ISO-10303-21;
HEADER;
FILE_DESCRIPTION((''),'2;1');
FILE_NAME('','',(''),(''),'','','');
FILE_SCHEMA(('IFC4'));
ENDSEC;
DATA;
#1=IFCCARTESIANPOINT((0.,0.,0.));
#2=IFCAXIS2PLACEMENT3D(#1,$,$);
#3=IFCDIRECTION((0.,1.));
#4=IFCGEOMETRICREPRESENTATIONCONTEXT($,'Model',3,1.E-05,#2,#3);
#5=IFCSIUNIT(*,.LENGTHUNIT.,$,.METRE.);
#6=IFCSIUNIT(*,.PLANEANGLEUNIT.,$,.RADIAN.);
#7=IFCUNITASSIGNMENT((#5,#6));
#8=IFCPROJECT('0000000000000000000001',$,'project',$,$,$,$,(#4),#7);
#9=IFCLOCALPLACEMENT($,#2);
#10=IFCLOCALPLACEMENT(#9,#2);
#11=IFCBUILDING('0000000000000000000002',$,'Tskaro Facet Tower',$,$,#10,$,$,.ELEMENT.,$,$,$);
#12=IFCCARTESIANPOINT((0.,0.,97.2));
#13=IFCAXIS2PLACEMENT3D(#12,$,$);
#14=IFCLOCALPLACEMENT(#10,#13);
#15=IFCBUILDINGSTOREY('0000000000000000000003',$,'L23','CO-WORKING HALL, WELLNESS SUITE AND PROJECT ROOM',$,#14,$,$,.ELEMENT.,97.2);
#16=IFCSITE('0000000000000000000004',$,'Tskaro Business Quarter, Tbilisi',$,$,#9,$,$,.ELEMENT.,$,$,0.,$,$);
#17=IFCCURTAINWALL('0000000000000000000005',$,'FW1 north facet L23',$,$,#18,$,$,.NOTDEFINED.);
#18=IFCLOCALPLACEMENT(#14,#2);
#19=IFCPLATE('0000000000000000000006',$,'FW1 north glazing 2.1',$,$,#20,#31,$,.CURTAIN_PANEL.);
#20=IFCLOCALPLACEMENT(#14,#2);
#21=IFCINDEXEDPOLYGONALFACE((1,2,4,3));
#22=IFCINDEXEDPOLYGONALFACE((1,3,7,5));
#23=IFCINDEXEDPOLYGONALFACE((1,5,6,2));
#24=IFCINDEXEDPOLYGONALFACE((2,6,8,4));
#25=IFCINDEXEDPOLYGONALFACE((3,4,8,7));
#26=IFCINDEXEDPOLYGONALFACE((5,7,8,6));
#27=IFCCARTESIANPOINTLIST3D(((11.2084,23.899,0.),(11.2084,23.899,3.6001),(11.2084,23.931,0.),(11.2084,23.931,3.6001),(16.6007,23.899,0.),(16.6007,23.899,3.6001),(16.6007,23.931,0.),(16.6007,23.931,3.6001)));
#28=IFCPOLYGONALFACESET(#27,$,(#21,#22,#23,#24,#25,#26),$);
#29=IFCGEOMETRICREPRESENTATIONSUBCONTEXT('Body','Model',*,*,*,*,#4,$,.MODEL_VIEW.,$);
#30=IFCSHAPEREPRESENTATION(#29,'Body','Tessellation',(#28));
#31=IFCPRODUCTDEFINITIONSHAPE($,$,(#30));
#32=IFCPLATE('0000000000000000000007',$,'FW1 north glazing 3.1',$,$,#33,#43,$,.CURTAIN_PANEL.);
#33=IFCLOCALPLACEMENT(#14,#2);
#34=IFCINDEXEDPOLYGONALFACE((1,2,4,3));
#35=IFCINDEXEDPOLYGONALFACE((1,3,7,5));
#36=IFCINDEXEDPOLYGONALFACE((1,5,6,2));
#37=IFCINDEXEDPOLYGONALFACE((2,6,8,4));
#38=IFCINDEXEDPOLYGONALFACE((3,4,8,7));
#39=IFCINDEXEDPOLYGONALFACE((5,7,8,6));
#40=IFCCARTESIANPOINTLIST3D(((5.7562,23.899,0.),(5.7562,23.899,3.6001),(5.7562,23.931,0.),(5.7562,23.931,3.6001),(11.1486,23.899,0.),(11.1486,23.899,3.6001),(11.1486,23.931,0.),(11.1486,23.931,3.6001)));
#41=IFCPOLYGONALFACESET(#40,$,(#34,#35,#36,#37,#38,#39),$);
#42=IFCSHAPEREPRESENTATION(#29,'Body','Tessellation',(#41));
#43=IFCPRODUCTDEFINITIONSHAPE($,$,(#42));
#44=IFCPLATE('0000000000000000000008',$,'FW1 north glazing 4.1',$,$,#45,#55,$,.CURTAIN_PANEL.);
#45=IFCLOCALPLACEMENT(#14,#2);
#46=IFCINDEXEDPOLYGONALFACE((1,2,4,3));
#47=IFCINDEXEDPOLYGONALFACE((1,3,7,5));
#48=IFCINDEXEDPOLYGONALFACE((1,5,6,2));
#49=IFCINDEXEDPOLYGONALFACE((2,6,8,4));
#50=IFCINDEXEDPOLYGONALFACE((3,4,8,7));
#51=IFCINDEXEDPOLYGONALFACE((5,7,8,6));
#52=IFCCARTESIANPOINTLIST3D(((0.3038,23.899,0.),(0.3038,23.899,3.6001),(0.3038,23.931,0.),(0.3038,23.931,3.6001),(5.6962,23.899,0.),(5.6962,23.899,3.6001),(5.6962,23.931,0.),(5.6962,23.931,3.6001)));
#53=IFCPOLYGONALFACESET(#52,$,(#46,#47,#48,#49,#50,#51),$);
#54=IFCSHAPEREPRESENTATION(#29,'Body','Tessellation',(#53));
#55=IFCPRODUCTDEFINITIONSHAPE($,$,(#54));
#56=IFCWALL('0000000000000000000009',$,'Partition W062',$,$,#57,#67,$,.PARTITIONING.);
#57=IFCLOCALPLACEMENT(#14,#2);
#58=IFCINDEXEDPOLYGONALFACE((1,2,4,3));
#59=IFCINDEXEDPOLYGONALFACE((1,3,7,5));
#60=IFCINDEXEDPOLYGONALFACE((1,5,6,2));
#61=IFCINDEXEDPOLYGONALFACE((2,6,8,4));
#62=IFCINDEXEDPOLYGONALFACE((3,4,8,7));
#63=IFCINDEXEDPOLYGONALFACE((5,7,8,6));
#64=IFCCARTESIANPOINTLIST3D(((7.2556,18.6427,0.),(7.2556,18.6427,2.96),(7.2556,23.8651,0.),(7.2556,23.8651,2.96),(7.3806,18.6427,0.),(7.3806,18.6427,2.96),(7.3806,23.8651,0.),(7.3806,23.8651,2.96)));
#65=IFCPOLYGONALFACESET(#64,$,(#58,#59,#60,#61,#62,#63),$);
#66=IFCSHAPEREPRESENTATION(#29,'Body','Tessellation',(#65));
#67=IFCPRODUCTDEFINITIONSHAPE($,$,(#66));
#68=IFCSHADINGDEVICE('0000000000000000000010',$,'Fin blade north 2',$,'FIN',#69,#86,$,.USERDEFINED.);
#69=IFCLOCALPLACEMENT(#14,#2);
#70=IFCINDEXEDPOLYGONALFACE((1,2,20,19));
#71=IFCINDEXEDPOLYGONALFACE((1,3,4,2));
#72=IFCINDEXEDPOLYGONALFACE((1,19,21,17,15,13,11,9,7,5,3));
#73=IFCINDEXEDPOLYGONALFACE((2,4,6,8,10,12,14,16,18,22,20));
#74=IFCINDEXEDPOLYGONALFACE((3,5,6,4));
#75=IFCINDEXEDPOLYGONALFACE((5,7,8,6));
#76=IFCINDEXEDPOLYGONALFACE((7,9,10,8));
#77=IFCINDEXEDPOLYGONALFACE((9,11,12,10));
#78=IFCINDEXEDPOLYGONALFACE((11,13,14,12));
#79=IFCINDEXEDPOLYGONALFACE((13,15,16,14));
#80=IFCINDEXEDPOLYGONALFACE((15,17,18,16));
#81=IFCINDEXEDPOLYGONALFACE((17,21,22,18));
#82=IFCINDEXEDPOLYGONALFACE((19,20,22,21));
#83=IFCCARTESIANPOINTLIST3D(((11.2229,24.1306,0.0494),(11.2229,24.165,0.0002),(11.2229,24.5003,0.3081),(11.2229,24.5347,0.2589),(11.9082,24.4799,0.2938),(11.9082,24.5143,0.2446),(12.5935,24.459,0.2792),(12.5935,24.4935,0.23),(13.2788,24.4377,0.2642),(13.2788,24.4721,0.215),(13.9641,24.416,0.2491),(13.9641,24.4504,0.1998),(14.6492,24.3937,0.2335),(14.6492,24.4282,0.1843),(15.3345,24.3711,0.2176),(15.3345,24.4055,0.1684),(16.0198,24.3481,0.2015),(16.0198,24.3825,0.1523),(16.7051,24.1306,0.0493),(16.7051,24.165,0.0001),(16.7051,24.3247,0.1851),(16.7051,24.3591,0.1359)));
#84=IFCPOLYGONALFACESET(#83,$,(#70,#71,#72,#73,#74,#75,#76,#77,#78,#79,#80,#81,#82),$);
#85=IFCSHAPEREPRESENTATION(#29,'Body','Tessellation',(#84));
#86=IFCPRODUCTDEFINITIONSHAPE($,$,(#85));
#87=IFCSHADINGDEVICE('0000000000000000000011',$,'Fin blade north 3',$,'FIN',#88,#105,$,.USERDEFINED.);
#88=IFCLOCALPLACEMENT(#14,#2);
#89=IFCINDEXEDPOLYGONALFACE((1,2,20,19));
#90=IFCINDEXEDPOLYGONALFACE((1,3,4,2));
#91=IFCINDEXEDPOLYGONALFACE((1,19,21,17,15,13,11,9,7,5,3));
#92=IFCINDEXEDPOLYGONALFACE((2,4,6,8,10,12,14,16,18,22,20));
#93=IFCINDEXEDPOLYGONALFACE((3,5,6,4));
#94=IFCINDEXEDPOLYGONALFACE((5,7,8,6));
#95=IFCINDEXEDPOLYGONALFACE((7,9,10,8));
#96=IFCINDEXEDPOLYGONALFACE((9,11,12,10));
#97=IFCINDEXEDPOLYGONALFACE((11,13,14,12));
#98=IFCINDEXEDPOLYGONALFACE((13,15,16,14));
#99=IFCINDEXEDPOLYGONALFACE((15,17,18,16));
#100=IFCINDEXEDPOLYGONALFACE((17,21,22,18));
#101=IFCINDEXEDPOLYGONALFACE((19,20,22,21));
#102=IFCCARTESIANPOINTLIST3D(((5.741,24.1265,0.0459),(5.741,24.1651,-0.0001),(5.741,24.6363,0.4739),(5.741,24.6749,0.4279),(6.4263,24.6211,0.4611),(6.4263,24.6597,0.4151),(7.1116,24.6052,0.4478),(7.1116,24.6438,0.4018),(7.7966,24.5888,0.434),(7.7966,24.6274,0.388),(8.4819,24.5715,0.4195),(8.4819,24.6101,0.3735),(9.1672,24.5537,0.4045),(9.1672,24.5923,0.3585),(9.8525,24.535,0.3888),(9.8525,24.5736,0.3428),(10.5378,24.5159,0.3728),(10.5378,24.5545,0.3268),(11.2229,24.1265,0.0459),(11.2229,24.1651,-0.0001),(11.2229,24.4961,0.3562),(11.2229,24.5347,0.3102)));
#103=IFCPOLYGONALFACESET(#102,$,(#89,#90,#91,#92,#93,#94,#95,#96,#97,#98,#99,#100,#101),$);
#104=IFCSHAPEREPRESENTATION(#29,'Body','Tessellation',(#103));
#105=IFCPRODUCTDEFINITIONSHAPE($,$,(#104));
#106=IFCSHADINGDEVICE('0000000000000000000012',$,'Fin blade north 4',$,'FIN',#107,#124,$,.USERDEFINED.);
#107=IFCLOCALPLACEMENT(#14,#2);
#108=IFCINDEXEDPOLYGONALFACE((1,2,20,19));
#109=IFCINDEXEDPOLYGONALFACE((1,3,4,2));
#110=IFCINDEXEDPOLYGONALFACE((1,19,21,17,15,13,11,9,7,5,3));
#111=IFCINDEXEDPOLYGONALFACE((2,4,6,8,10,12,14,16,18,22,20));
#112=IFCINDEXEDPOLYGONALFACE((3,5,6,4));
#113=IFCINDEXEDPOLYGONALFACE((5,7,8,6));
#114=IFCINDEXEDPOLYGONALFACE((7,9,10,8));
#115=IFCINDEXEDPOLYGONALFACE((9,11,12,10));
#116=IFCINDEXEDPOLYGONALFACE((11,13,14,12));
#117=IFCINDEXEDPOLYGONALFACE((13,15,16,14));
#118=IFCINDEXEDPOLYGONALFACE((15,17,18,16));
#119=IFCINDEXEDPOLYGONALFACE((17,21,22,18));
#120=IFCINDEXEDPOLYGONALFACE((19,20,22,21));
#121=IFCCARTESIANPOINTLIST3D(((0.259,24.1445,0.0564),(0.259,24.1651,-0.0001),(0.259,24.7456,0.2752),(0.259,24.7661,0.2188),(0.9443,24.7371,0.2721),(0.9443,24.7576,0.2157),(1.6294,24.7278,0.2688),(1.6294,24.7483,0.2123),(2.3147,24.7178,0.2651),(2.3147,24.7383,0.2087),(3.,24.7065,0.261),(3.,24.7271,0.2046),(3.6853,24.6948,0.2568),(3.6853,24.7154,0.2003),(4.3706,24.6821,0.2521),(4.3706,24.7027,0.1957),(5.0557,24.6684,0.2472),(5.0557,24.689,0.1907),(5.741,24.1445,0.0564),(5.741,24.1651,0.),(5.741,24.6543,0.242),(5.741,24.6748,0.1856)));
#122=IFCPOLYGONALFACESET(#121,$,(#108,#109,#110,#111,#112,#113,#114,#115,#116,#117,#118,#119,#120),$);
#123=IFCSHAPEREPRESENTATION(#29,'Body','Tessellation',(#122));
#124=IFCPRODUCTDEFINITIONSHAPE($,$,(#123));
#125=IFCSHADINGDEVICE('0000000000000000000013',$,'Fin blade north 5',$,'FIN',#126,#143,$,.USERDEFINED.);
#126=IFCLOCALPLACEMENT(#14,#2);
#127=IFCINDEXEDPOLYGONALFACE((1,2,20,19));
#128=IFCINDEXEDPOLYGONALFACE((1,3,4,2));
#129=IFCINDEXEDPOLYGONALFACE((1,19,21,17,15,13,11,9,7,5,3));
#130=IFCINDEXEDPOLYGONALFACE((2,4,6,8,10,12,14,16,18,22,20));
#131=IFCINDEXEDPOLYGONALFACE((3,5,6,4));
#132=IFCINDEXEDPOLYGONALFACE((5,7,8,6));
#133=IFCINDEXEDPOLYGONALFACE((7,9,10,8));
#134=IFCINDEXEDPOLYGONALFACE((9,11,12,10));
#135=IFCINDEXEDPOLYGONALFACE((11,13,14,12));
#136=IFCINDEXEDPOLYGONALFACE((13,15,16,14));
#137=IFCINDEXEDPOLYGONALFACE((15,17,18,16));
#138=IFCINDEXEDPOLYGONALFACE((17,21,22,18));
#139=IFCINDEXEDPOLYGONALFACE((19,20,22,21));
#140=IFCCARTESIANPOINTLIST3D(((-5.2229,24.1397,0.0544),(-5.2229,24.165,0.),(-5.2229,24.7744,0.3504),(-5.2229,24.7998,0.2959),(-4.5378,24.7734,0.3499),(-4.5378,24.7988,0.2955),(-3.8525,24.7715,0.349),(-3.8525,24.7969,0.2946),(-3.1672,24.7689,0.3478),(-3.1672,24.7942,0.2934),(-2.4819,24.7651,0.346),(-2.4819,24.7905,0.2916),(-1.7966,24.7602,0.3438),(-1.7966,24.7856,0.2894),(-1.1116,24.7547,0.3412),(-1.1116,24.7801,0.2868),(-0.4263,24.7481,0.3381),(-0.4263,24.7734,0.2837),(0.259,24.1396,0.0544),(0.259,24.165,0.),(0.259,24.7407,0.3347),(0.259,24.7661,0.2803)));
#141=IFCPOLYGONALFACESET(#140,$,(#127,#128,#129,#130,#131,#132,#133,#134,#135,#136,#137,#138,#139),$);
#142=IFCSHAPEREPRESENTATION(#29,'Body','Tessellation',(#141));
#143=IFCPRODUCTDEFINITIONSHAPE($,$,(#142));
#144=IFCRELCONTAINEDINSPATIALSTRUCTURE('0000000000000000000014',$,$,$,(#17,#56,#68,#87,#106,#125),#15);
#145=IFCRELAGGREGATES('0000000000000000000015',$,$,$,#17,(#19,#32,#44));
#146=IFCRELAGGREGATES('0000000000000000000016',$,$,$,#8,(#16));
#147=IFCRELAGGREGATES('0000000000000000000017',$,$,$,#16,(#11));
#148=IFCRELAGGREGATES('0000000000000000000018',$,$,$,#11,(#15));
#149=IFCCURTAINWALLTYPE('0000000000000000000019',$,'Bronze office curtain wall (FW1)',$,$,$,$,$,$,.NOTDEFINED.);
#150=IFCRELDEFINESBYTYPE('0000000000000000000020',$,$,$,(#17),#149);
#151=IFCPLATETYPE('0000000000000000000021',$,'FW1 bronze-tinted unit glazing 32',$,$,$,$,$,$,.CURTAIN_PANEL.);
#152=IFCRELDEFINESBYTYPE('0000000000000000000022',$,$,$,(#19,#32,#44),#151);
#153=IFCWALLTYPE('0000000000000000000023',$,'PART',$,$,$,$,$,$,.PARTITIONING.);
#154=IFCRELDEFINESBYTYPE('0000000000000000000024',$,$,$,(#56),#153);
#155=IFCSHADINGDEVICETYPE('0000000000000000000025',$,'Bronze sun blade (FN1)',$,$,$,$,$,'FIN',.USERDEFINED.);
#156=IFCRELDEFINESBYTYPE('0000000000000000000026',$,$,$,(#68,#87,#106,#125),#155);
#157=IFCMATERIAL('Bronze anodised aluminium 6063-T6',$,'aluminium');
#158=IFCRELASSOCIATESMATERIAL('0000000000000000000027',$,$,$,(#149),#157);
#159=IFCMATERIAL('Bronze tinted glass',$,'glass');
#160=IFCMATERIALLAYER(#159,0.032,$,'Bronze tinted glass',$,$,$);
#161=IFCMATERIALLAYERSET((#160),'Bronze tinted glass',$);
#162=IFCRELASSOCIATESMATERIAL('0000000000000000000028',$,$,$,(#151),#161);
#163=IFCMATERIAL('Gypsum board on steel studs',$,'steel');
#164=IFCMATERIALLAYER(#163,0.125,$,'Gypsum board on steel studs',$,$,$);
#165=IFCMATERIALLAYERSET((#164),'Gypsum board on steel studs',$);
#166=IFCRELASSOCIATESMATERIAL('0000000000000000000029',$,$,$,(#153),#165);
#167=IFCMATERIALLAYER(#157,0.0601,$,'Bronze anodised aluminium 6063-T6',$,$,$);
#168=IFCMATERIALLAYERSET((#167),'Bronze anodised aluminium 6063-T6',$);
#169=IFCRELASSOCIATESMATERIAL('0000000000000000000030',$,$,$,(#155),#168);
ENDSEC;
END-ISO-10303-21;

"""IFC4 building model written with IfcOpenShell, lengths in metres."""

from ifc_helpers import new_model, si_unit, direction, frame, frame_2d, origin, origin_2d, place, context, subcontext, project, spatial, polyline, rectangle, outline, extrude, material, layer, layer_set, type_object, element, aggregate, save


model = new_model("IFC4")

# Units and contexts
model_context = context("Model", 3, precision=1e-05, world=origin(), true_north=direction((0.0, 1.0)))
body_context = subcontext(model_context, "Body", "Model", "MODEL_VIEW")
ifc_project = project(units=[si_unit("LENGTHUNIT", "METRE"), si_unit("PLANEANGLEUNIT", "RADIAN")], contexts=[model_context])

# Site, building, storey
site_placement = place(None, origin())
site = spatial("IfcSite", under=ifc_project, at=site_placement, Name="Tskaro Business Quarter, Tbilisi", CompositionType="ELEMENT", RefElevation=0.0)
building_placement = place(site_placement, origin())
building = spatial("IfcBuilding", under=site, at=building_placement, Name="Tskaro Facet Tower", CompositionType="ELEMENT")
storey_placement = place(building_placement, frame((0.0, 0.0, 97.2)))
storey = spatial("IfcBuildingStorey", under=building, at=storey_placement, Name="L23", Description="CO-WORKING HALL, WELLNESS SUITE AND PROJECT ROOM", CompositionType="ELEMENT", Elevation=97.2)

# Curtain wall
ifc_material_1 = material(Name="Bronze anodised aluminium 6063-T6", Category="aluminium")
curtain_wall_type = type_object("IfcCurtainWallType", Name="Bronze office curtain wall (FW1)", PredefinedType="NOTDEFINED", material=ifc_material_1)
curtain_wall_placement = place(storey_placement, origin())
curtain_wall = element("IfcCurtainWall", 1, at=curtain_wall_placement, inside=storey, type_object=curtain_wall_type, Name="FW1 north facet L23", PredefinedType="NOTDEFINED")

# Plates
ifc_material_2 = material(Name="Bronze tinted glass", Category="glass")
ifc_layer_1 = layer(ifc_material_2, 0.032, Name="Bronze tinted glass")
ifc_layer_set_1 = layer_set([ifc_layer_1], Name="Bronze tinted glass")
plate_type = type_object("IfcPlateType", Name="FW1 bronze-tinted unit glazing 32", PredefinedType="CURTAIN_PANEL", material=ifc_layer_set_1)
plate_1_placement = place(storey_placement, frame((13.9045, 23.915, 0.0), z_axis=(0.0, 0.0, 1.0), x_axis=(-1.0, 0.0, 0.0)))
plate_1 = element("IfcPlate", 2, at=plate_1_placement, type_object=plate_type, Name="FW1 north glazing 2.1", PredefinedType="CURTAIN_PANEL", context=body_context, shape_type="SweptSolid", body=[
    extrude(rectangle(XDim=5.3923, YDim=0.032, at=origin_2d()), origin(), (0.0, 0.0, 1.0), 3.6001),
])
plate_2_placement = place(storey_placement, frame((8.4524, 23.915, 0.0), z_axis=(0.0, 0.0, 1.0), x_axis=(-1.0, 0.0, 0.0)))
plate_2 = element("IfcPlate", 3, at=plate_2_placement, type_object=plate_type, Name="FW1 north glazing 3.1", PredefinedType="CURTAIN_PANEL", context=body_context, shape_type="SweptSolid", body=[
    extrude(rectangle(XDim=5.3923, YDim=0.032, at=origin_2d()), origin(), (0.0, 0.0, 1.0), 3.6001),
])
plate_3_placement = place(storey_placement, frame((3.0, 23.915, 0.0), z_axis=(0.0, 0.0, 1.0), x_axis=(-1.0, 0.0, 0.0)))
plate_3 = element("IfcPlate", 4, at=plate_3_placement, type_object=plate_type, Name="FW1 north glazing 4.1", PredefinedType="CURTAIN_PANEL", context=body_context, shape_type="SweptSolid", body=[
    extrude(rectangle(XDim=5.3923, YDim=0.032, at=origin_2d()), origin(), (0.0, 0.0, 1.0), 3.6001),
])
aggregate(curtain_wall, [plate_1, plate_2, plate_3])

# Wall
ifc_material_3 = material(Name="Gypsum board on steel studs", Category="steel")
ifc_layer_2 = layer(ifc_material_3, 0.125, Name="Gypsum board on steel studs")
ifc_layer_set_2 = layer_set([ifc_layer_2], Name="Gypsum board on steel studs")
wall_type = type_object("IfcWallType", Name="PART", PredefinedType="PARTITIONING", material=ifc_layer_set_2)
wall_placement = place(storey_placement, frame((7.3181, 18.6426, 0.0), z_axis=(0.0, 0.0, 1.0), x_axis=(0.0, 1.0, 0.0)))
element("IfcWall", 5, at=wall_placement, inside=storey, type_object=wall_type, Name="Partition W062", PredefinedType="PARTITIONING", context=body_context, shape_type="SweptSolid", body=[
    extrude(rectangle(XDim=5.2224, YDim=0.125, at=frame_2d((2.6113, 0.0))), origin(), (0.0, 0.0, 1.0), 2.96),
])

# Shading devices
ifc_layer_3 = layer(ifc_material_1, 0.0601, Name="Bronze anodised aluminium 6063-T6")
ifc_layer_set_3 = layer_set([ifc_layer_3], Name="Bronze anodised aluminium 6063-T6")
shading_device_type = type_object("IfcShadingDeviceType", Name="Bronze sun blade (FN1)", ElementType="FIN", PredefinedType="USERDEFINED", material=ifc_layer_set_3)
shading_device_1_placement = place(storey_placement, frame((16.7051, 24.1306, 0.0493), z_axis=(0.00002, -0.573282, 0.819358), x_axis=(-1.0, -0.000011, 0.000016)))
element("IfcShadingDevice", 6, at=shading_device_1_placement, inside=storey, type_object=shading_device_type, Name="Fin blade north 2", ObjectType="FIN", PredefinedType="USERDEFINED", context=body_context, shape_type="SweptSolid", body=[
    extrude(outline(polyline([(0.0, 0.0), (5.4822, 0.0), (5.4822, -0.4512), (4.7969, -0.4264), (4.1116, -0.4009), (3.4263, -0.3748), (2.741, -0.3483), (2.0559, -0.3212), (1.3706, -0.2935), (0.6853, -0.2654), (0.0, -0.2368), (0.0, 0.0)])), origin(), (0.0, 0.0, -1.0), 0.0601),
])
shading_device_2_placement = place(storey_placement, frame((11.2229, 24.1265, 0.0459), z_axis=(0.000004, -0.642935, 0.765921), x_axis=(-1.0, -0.000002, 0.000003)))
element("IfcShadingDevice", 7, at=shading_device_2_placement, inside=storey, type_object=shading_device_type, Name="Fin blade north 3", ObjectType="FIN", PredefinedType="USERDEFINED", context=body_context, shape_type="SweptSolid", body=[
    extrude(outline(polyline([(0.0, 0.0), (5.4819, 0.0), (5.4819, -0.6656), (4.7966, -0.6458), (4.1113, -0.6251), (3.4263, -0.6036), (2.741, -0.581), (2.0557, -0.5578), (1.3704, -0.5334), (0.6851, -0.5084), (0.0, -0.4826), (0.0, 0.0)])), origin(), (0.0, 0.0, -1.0), 0.0601),
])
shading_device_3_placement = place(storey_placement, frame((5.741, 24.1445, 0.0564), z_axis=(-0.000005, -0.342142, 0.939648), x_axis=(-1.0, 0.000002, -0.000005)))
element("IfcShadingDevice", 8, at=shading_device_3_placement, inside=storey, type_object=shading_device_type, Name="Fin blade north 4", ObjectType="FIN", PredefinedType="USERDEFINED", context=body_context, shape_type="SweptSolid", body=[
    extrude(outline(polyline([(0.0, 0.0), (5.4819, 0.0), (5.4819, -0.6396), (4.7966, -0.6306), (4.1116, -0.6207), (3.4263, -0.6101), (2.741, -0.5981), (2.0557, -0.5857), (1.3704, -0.5721), (0.6853, -0.5575), (0.0, -0.5425), (0.0, 0.0)])), origin(), (0.0, 0.0, -1.0), 0.0601),
])
shading_device_4_placement = place(storey_placement, frame((0.259, 24.1396, 0.0544), z_axis=(-0.000007, -0.422584, 0.906324), x_axis=(-1.0, 0.000003, -0.000006)))
element("IfcShadingDevice", 9, at=shading_device_4_placement, inside=storey, type_object=shading_device_type, Name="Fin blade north 5", ObjectType="FIN", PredefinedType="USERDEFINED", context=body_context, shape_type="SweptSolid", body=[
    extrude(outline(polyline([(0.0, 0.0), (5.4819, 0.0), (5.4819, -0.7003), (4.7969, -0.6993), (4.1116, -0.6972), (3.4263, -0.6942), (2.741, -0.6901), (2.0557, -0.6847), (1.3706, -0.6786), (0.6853, -0.6713), (0.0, -0.6632), (0.0, 0.0)])), origin(), (0.0, 0.0, -1.0), 0.0601),
])

save(model, "model.ifc")
